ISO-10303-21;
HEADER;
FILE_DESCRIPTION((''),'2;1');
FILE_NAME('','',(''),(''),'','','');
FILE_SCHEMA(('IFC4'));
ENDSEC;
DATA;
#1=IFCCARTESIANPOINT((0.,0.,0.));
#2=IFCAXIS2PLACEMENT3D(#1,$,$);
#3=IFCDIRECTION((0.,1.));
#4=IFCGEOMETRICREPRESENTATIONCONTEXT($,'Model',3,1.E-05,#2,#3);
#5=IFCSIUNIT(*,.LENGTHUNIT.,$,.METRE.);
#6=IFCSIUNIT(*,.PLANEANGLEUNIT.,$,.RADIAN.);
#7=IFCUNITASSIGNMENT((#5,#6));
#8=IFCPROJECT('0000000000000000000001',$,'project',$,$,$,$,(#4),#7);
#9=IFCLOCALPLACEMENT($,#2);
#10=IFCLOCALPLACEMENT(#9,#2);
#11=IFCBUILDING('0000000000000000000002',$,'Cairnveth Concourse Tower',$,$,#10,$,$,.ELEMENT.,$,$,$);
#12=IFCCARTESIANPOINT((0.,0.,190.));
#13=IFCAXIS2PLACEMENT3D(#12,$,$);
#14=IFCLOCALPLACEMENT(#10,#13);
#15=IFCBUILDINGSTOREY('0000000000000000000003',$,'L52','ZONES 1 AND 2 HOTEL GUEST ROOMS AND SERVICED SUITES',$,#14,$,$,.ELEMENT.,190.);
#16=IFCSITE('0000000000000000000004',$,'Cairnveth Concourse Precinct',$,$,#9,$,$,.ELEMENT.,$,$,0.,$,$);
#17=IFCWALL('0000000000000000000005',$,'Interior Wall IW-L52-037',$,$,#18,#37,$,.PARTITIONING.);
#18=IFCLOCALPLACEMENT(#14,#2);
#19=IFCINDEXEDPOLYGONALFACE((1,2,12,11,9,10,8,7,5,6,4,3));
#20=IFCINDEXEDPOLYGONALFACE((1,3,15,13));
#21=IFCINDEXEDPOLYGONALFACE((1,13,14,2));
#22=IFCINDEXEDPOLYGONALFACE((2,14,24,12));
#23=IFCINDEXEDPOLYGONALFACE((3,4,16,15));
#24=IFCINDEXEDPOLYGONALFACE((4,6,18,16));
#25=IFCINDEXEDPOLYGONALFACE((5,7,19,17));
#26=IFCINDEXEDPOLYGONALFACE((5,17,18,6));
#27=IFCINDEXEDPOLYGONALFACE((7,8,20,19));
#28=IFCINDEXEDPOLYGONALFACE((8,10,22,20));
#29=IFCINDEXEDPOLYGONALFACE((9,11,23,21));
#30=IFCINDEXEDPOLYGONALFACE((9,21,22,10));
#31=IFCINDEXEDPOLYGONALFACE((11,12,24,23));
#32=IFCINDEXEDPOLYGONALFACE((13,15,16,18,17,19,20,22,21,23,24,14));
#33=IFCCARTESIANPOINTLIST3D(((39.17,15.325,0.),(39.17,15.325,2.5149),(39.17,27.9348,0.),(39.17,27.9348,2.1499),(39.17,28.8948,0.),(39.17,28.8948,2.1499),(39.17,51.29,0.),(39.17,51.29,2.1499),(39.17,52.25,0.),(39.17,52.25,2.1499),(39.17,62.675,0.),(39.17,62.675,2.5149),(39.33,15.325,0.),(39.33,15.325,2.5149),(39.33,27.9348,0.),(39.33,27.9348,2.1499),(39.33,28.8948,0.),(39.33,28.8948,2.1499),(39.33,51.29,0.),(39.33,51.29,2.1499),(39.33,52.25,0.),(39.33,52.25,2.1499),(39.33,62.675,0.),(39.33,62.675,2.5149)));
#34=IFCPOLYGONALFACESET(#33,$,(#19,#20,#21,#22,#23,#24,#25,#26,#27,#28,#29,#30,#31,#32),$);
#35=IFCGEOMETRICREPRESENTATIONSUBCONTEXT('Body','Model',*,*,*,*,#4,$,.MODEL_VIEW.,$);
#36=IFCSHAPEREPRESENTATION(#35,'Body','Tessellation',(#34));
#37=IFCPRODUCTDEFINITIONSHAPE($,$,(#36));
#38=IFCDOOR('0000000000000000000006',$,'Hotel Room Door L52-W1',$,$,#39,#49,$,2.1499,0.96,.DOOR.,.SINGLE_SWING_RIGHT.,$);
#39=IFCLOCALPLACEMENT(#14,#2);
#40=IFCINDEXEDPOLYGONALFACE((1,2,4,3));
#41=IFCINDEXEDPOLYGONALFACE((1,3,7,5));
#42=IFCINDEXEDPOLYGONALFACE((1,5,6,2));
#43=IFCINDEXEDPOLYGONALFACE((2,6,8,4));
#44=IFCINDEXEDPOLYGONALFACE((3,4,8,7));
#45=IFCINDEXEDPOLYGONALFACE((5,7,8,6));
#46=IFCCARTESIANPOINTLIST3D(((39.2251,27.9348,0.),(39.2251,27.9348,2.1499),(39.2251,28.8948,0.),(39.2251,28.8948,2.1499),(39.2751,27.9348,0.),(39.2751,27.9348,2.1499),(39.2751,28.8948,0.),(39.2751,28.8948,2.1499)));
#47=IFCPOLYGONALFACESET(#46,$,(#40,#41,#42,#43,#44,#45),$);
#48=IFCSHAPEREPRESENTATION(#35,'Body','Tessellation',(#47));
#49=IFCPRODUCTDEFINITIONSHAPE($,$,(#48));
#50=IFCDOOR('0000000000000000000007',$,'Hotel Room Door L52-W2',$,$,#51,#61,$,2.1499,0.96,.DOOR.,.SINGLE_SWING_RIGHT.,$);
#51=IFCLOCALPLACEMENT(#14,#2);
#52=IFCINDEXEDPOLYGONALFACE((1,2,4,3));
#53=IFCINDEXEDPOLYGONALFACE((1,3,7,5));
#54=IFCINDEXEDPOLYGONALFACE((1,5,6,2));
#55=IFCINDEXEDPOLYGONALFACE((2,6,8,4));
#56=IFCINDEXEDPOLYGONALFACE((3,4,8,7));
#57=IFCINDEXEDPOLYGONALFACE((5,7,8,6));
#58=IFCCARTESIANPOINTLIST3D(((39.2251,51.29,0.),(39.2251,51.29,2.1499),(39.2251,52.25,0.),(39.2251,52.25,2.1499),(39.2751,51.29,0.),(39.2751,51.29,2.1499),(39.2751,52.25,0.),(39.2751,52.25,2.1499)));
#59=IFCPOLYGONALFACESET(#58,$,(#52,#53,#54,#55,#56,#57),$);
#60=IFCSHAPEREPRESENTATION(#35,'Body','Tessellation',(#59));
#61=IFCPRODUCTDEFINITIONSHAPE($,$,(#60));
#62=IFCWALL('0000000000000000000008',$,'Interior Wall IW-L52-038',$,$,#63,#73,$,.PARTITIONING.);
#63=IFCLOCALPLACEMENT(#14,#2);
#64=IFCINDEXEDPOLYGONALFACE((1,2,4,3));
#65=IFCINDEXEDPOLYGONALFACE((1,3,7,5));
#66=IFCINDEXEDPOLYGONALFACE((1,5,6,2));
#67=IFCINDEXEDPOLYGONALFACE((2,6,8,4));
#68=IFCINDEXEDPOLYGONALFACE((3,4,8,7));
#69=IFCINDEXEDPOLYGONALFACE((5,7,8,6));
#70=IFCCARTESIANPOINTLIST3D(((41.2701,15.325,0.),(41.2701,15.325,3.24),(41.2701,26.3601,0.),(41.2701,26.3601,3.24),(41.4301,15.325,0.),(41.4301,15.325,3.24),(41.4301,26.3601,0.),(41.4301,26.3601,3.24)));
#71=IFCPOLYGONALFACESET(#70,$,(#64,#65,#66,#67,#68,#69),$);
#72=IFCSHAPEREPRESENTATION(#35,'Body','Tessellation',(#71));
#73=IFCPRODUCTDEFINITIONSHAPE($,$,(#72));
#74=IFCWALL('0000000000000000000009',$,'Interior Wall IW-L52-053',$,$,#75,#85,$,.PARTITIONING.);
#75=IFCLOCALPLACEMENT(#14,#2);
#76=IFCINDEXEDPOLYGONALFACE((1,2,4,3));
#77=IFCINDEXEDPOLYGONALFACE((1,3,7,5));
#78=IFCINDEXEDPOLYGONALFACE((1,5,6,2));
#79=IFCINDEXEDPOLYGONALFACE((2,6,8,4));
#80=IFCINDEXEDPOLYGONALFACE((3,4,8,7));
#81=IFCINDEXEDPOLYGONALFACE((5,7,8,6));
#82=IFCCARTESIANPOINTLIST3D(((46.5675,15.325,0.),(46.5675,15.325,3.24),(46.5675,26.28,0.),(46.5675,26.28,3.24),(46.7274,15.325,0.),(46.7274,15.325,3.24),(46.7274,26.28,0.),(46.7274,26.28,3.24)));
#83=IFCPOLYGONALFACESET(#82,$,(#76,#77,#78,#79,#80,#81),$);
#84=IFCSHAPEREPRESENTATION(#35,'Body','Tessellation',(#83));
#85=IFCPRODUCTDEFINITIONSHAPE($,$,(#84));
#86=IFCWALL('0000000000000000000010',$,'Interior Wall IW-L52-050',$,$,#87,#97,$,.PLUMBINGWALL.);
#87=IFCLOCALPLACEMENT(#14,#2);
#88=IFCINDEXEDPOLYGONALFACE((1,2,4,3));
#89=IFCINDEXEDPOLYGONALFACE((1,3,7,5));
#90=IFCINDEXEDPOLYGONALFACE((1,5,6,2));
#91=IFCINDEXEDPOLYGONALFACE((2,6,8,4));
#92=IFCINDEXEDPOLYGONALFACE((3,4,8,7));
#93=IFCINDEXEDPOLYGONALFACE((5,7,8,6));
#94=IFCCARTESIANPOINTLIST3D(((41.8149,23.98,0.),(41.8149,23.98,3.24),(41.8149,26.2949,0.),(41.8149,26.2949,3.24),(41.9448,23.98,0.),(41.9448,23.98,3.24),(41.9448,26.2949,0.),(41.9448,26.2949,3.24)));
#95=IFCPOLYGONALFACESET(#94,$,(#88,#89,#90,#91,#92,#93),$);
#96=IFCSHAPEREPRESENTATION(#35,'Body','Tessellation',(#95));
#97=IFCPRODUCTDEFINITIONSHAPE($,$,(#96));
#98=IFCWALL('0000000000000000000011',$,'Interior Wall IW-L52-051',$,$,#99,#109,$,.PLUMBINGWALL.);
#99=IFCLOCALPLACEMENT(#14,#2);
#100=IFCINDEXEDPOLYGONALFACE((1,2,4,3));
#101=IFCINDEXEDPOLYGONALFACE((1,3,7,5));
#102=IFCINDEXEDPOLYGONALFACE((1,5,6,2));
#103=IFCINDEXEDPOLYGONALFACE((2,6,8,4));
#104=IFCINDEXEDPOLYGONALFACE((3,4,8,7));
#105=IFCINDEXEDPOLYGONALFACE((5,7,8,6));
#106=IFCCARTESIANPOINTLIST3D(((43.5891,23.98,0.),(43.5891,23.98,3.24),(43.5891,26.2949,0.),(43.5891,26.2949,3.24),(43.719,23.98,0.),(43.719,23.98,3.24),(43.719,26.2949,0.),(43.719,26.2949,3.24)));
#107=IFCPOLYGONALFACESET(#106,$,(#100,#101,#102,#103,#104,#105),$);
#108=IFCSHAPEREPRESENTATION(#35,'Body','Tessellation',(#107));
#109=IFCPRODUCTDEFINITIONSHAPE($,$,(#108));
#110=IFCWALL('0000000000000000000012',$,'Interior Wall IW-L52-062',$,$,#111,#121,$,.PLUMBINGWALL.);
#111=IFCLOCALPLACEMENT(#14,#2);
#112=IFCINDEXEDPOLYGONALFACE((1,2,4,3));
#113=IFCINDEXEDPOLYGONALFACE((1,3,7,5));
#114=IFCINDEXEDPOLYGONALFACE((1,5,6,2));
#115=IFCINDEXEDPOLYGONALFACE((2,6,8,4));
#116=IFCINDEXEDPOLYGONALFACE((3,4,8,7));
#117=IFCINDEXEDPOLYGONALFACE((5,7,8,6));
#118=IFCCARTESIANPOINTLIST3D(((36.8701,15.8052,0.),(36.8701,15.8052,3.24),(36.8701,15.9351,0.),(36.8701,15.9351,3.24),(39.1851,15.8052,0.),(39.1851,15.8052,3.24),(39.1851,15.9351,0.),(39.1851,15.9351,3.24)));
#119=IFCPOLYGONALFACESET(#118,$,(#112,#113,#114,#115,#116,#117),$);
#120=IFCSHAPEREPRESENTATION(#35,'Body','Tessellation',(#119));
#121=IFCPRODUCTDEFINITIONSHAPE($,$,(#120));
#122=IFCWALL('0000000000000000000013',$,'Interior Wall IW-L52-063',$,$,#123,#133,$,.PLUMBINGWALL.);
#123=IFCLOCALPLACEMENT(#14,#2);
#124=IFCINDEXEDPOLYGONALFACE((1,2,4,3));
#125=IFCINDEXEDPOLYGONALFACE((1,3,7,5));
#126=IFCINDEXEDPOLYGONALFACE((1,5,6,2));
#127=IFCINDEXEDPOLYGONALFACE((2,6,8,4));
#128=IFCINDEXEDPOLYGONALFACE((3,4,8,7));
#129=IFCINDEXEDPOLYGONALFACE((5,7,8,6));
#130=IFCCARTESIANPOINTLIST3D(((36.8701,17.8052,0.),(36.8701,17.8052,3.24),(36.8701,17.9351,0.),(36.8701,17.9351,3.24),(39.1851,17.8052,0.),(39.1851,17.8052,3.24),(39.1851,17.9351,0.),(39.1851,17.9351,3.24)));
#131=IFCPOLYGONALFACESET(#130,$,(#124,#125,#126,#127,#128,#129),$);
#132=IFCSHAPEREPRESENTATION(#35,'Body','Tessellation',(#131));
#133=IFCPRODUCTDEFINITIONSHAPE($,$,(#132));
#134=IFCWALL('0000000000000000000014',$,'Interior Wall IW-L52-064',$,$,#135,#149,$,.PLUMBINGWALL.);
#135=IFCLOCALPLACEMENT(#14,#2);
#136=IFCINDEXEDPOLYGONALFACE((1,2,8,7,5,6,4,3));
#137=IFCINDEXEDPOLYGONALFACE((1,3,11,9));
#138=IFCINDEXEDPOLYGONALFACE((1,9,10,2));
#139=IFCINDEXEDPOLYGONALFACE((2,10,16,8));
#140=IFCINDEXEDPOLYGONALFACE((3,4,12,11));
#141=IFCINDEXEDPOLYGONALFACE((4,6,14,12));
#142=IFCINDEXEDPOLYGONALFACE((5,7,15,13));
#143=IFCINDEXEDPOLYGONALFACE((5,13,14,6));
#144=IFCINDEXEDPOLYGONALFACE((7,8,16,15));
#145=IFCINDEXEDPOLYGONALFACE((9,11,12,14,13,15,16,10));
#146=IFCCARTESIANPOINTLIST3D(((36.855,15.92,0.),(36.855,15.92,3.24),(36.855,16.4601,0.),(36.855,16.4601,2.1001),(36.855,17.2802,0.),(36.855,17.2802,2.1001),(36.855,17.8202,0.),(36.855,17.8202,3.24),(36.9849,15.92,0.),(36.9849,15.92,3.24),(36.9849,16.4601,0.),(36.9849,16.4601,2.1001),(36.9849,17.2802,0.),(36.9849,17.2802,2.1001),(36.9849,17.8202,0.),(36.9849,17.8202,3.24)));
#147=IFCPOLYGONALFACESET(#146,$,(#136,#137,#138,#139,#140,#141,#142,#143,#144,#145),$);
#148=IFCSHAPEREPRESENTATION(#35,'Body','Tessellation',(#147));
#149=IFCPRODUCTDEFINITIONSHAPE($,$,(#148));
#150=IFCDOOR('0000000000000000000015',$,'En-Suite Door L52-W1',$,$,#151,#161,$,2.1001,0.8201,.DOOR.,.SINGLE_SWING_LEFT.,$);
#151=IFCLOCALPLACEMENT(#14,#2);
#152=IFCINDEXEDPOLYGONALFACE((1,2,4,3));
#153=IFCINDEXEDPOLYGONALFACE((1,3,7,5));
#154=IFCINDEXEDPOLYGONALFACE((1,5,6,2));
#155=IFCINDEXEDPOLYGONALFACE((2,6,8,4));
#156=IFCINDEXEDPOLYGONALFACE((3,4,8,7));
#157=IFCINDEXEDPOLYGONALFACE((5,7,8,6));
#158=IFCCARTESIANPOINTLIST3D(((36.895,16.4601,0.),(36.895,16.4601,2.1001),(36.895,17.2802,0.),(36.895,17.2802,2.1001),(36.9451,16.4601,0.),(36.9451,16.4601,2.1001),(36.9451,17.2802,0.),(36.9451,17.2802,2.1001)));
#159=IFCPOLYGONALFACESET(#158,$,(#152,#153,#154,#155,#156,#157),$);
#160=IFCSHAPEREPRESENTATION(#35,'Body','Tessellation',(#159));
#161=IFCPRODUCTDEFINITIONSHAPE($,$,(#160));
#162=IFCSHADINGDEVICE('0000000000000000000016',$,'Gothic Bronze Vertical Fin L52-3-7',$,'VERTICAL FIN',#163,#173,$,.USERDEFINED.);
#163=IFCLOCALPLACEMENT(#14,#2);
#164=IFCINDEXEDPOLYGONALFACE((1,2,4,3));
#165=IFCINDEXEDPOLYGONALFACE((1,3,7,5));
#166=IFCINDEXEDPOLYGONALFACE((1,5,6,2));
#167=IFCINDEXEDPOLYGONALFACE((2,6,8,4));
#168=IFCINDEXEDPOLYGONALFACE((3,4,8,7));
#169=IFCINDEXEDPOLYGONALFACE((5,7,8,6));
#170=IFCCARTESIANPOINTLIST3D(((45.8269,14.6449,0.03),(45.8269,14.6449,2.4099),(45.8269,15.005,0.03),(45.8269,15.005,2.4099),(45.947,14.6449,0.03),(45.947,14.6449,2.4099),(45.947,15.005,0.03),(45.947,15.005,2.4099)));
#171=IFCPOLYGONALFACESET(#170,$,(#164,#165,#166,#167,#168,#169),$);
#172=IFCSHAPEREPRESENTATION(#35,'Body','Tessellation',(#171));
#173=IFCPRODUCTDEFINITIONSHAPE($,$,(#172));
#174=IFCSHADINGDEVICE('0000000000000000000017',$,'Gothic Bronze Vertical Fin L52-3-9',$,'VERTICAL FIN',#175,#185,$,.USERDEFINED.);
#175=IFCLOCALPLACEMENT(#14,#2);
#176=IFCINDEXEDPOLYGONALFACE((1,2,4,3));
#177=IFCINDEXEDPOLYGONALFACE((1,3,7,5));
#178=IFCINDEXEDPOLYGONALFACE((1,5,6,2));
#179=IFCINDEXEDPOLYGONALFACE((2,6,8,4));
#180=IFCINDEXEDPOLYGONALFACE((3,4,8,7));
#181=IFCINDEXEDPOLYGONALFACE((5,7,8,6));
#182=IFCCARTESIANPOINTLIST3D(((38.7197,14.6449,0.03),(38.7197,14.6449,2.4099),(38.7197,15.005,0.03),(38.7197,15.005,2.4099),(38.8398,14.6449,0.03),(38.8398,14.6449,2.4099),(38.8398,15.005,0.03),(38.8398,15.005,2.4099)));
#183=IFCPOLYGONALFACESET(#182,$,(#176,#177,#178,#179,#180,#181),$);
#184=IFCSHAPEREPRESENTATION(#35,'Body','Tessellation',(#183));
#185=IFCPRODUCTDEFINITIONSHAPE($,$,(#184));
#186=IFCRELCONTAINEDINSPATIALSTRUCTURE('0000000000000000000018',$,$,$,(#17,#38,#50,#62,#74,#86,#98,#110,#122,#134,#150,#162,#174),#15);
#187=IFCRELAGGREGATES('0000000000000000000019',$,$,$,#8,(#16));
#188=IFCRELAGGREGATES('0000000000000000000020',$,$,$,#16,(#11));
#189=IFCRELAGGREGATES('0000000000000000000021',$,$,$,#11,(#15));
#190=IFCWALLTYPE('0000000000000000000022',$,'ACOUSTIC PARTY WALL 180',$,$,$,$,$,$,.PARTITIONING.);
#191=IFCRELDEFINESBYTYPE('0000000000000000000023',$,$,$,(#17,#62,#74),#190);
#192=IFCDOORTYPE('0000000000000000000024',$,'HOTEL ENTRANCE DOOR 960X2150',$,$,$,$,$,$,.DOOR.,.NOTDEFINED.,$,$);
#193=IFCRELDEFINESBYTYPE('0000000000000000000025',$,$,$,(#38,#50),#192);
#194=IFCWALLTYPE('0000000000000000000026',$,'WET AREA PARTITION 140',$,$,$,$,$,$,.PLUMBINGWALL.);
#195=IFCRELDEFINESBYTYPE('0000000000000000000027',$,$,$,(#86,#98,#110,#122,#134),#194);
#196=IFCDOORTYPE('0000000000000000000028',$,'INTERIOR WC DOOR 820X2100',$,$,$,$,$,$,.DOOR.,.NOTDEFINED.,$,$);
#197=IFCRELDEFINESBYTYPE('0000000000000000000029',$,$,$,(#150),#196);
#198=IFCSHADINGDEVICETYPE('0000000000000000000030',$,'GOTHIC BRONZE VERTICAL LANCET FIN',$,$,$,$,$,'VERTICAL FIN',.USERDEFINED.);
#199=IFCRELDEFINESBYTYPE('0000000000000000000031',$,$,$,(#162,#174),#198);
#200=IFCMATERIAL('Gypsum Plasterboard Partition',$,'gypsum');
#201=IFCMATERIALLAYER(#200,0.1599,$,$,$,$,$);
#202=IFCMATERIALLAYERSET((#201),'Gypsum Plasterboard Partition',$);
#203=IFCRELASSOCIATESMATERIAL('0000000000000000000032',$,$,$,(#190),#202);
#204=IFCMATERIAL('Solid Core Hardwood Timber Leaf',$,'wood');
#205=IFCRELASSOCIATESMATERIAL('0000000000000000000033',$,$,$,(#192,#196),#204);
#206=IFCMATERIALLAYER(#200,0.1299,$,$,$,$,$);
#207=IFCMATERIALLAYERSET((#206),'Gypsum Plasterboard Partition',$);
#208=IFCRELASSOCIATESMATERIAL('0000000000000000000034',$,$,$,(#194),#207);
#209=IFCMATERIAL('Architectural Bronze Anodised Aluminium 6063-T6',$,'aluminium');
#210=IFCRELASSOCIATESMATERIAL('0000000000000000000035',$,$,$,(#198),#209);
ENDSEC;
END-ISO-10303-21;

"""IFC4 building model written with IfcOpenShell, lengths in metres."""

from ifc_helpers import new_model, si_unit, direction, frame, frame_2d, origin, origin_2d, place, context, subcontext, project, spatial, rectangle, extrude, material, layer, layer_set, type_object, element, fill, save


model = new_model("IFC4")

# Units and contexts
model_context = context("Model", 3, precision=1e-05, world=origin(), true_north=direction((0.0, 1.0)))
body_context = subcontext(model_context, "Body", "Model", "MODEL_VIEW")
ifc_project = project(units=[si_unit("LENGTHUNIT", "METRE"), si_unit("PLANEANGLEUNIT", "RADIAN")], contexts=[model_context])

# Site, building, storey
site_placement = place(None, origin())
site = spatial("IfcSite", under=ifc_project, at=site_placement, Name="Cairnveth Concourse Precinct", CompositionType="ELEMENT", RefElevation=0.0)
building_placement = place(site_placement, origin())
building = spatial("IfcBuilding", under=site, at=building_placement, Name="Cairnveth Concourse Tower", CompositionType="ELEMENT")
storey_placement = place(building_placement, frame((0.0, 0.0, 190.0)))
storey = spatial("IfcBuildingStorey", under=building, at=storey_placement, Name="L52", Description="ZONES 1 AND 2 HOTEL GUEST ROOMS AND SERVICED SUITES", CompositionType="ELEMENT", Elevation=190.0)

# Wall, openings, doors
ifc_material_1 = material(Name="Gypsum Plasterboard Partition", Category="gypsum")
ifc_layer_1 = layer(ifc_material_1, 0.1599)
ifc_layer_set_1 = layer_set([ifc_layer_1], Name="Gypsum Plasterboard Partition")
wall_type_1 = type_object("IfcWallType", Name="ACOUSTIC PARTY WALL 180", PredefinedType="PARTITIONING", material=ifc_layer_set_1)
wall_1_placement = place(storey_placement, frame((39.25, 15.325, 0.0), z_axis=(0.0, 0.0, 1.0), x_axis=(0.0, 1.0, 0.0)))
wall_1 = element("IfcWall", 1, at=wall_1_placement, inside=storey, type_object=wall_type_1, Name="Interior Wall IW-L52-037", PredefinedType="PARTITIONING", context=body_context, shape_type="SweptSolid", body=[
    extrude(rectangle(XDim=47.3501, YDim=0.1599, at=frame_2d((23.675, 0.0))), origin(), (0.0, 0.0, 1.0), 2.5149),
])
opening_1_placement = place(wall_1_placement, frame((12.6099, 0.0, 0.0)))
opening_1 = element("IfcOpeningElement", 2, at=opening_1_placement, cuts=wall_1, PredefinedType="OPENING", context=body_context, shape_type="SweptSolid", body=[
    extrude(rectangle(XDim=0.96, YDim=2.1499, at=frame_2d((0.48, 1.075))), frame((0.0, 0.0898, 0.0), z_axis=(0.0, -1.0, 0.0), x_axis=(1.0, 0.0, 0.0)), (0.0, 0.0, 1.0), 0.1799),
])
opening_2_placement = place(wall_1_placement, frame((35.9651, 0.0, 0.0)))
opening_2 = element("IfcOpeningElement", 3, at=opening_2_placement, cuts=wall_1, PredefinedType="OPENING", context=body_context, shape_type="SweptSolid", body=[
    extrude(rectangle(XDim=0.96, YDim=2.1499, at=frame_2d((0.48, 1.075))), frame((0.0, 0.0898, 0.0), z_axis=(0.0, -1.0, 0.0), x_axis=(1.0, 0.0, 0.0)), (0.0, 0.0, 1.0), 0.1799),
])
ifc_material_2 = material(Name="Solid Core Hardwood Timber Leaf", Category="wood")
door_type_1 = type_object("IfcDoorType", Name="HOTEL ENTRANCE DOOR 960X2150", OperationType="NOTDEFINED", PredefinedType="DOOR", material=ifc_material_2)
door_1_placement = place(opening_1_placement, origin())
door_1 = element("IfcDoor", 4, at=door_1_placement, inside=storey, type_object=door_type_1, Name="Hotel Room Door L52-W1", OperationType="SINGLE_SWING_RIGHT", OverallHeight=2.1499, OverallWidth=0.96, PredefinedType="DOOR", context=body_context, shape_type="SweptSolid", body=[
    extrude(rectangle(XDim=0.96, YDim=2.1499, at=frame_2d((0.48, 1.075))), frame((0.0, 0.0249, 0.0), z_axis=(0.0, -1.0, 0.0), x_axis=(1.0, 0.0, 0.0)), (0.0, 0.0, 1.0), 0.05),
])
fill(opening_1, door_1)
door_2_placement = place(opening_2_placement, origin())
door_2 = element("IfcDoor", 5, at=door_2_placement, inside=storey, type_object=door_type_1, Name="Hotel Room Door L52-W2", OperationType="SINGLE_SWING_RIGHT", OverallHeight=2.1499, OverallWidth=0.96, PredefinedType="DOOR", context=body_context, shape_type="SweptSolid", body=[
    extrude(rectangle(XDim=0.96, YDim=2.1499, at=frame_2d((0.48, 1.075))), frame((0.0, 0.0249, 0.0), z_axis=(0.0, -1.0, 0.0), x_axis=(1.0, 0.0, 0.0)), (0.0, 0.0, 1.0), 0.05),
])
fill(opening_2, door_2)

# Walls
wall_2_placement = place(storey_placement, frame((41.3501, 15.325, 0.0), z_axis=(0.0, 0.0, 1.0), x_axis=(0.0, 1.0, 0.0)))
element("IfcWall", 6, at=wall_2_placement, inside=storey, type_object=wall_type_1, Name="Interior Wall IW-L52-038", PredefinedType="PARTITIONING", context=body_context, shape_type="SweptSolid", body=[
    extrude(rectangle(XDim=11.0352, YDim=0.1599, at=frame_2d((5.5176, 0.0))), origin(), (0.0, 0.0, 1.0), 3.24),
])
wall_3_placement = place(storey_placement, frame((46.6475, 15.325, 0.0), z_axis=(0.0, 0.0, 1.0), x_axis=(0.0, 1.0, 0.0)))
element("IfcWall", 7, at=wall_3_placement, inside=storey, type_object=wall_type_1, Name="Interior Wall IW-L52-053", PredefinedType="PARTITIONING", context=body_context, shape_type="SweptSolid", body=[
    extrude(rectangle(XDim=10.9551, YDim=0.1599, at=frame_2d((5.4775, 0.0))), origin(), (0.0, 0.0, 1.0), 3.24),
])
ifc_layer_2 = layer(ifc_material_1, 0.1299)
ifc_layer_set_2 = layer_set([ifc_layer_2], Name="Gypsum Plasterboard Partition")
wall_type_2 = type_object("IfcWallType", Name="WET AREA PARTITION 140", PredefinedType="PLUMBINGWALL", material=ifc_layer_set_2)
for number, where, z_axis, x_axis, name in (
    (8, (41.8799, 23.98, 0.0), (0.0, 0.0, 1.0), (0.0, 1.0, 0.0), "Interior Wall IW-L52-050"),
    (9, (43.6541, 23.98, 0.0), (0.0, 0.0, 1.0), (0.0, 1.0, 0.0), "Interior Wall IW-L52-051"),
    (10, (36.8701, 15.8701, 0.0), (0.0, 0.0, 1.0), (1.0, 0.0, 0.0), "Interior Wall IW-L52-062"),
    (11, (36.8701, 17.8701, 0.0), (0.0, 0.0, 1.0), (1.0, 0.0, 0.0), "Interior Wall IW-L52-063"),
):
    element("IfcWall", number, at=place(storey_placement, frame(where, z_axis=z_axis, x_axis=x_axis)), inside=storey, type_object=wall_type_2, Name=name, PredefinedType="PLUMBINGWALL", context=body_context, shape_type="SweptSolid", body=[
        extrude(rectangle(XDim=2.3149, YDim=0.1299, at=frame_2d((1.1575, 0.0))), origin(), (0.0, 0.0, 1.0), 3.24),
    ])

# Wall, opening, door
wall_4_placement = place(storey_placement, frame((36.9199, 15.9199, 0.0), z_axis=(0.0, 0.0, 1.0), x_axis=(0.0, 1.0, 0.0)))
wall_4 = element("IfcWall", 12, at=wall_4_placement, inside=storey, type_object=wall_type_2, Name="Interior Wall IW-L52-064", PredefinedType="PLUMBINGWALL", context=body_context, shape_type="SweptSolid", body=[
    extrude(rectangle(XDim=1.9001, YDim=0.1299, at=frame_2d((0.9502, 0.0))), origin(), (0.0, 0.0, 1.0), 3.24),
])
opening_3_placement = place(wall_4_placement, frame((0.54, 0.0, 0.0)))
opening_3 = element("IfcOpeningElement", 13, at=opening_3_placement, cuts=wall_4, PredefinedType="OPENING", context=body_context, shape_type="SweptSolid", body=[
    extrude(rectangle(XDim=0.8201, YDim=2.1001, at=frame_2d((0.4102, 1.05))), frame((0.0, 0.075, 0.0), z_axis=(0.0, -1.0, 0.0), x_axis=(1.0, 0.0, 0.0)), (0.0, 0.0, 1.0), 0.1499),
])
door_type_2 = type_object("IfcDoorType", Name="INTERIOR WC DOOR 820X2100", OperationType="NOTDEFINED", PredefinedType="DOOR", material=ifc_material_2)
door_3_placement = place(opening_3_placement, origin())
door_3 = element("IfcDoor", 14, at=door_3_placement, inside=storey, type_object=door_type_2, Name="En-Suite Door L52-W1", OperationType="SINGLE_SWING_LEFT", OverallHeight=2.1001, OverallWidth=0.8201, PredefinedType="DOOR", context=body_context, shape_type="SweptSolid", body=[
    extrude(rectangle(XDim=0.8201, YDim=2.1001, at=frame_2d((0.4102, 1.05))), frame((0.0, 0.0249, 0.0), z_axis=(0.0, -1.0, 0.0), x_axis=(1.0, 0.0, 0.0)), (0.0, 0.0, 1.0), 0.05),
])
fill(opening_3, door_3)

# Shading devices
ifc_material_3 = material(Name="Architectural Bronze Anodised Aluminium 6063-T6", Category="aluminium")
shading_device_type = type_object("IfcShadingDeviceType", Name="GOTHIC BRONZE VERTICAL LANCET FIN", ElementType="VERTICAL FIN", PredefinedType="USERDEFINED", material=ifc_material_3)
for number, where, z_axis, x_axis, name in (
    (15, (45.887, 14.825, 0.03), (0.0, 0.0, 1.0), (1.0, 0.0, 0.0), "Gothic Bronze Vertical Fin L52-3-7"),
    (16, (38.7798, 14.825, 0.03), (0.0, 0.0, 1.0), (1.0, 0.0, 0.0), "Gothic Bronze Vertical Fin L52-3-9"),
):
    element("IfcShadingDevice", number, at=place(storey_placement, frame(where, z_axis=z_axis, x_axis=x_axis)), inside=storey, type_object=shading_device_type, Name=name, ObjectType="VERTICAL FIN", PredefinedType="USERDEFINED", context=body_context, shape_type="SweptSolid", body=[
        extrude(rectangle(XDim=0.1201, YDim=0.3601, at=origin_2d()), origin(), (0.0, 0.0, 1.0), 2.3799),
    ])

save(model, "model.ifc")
